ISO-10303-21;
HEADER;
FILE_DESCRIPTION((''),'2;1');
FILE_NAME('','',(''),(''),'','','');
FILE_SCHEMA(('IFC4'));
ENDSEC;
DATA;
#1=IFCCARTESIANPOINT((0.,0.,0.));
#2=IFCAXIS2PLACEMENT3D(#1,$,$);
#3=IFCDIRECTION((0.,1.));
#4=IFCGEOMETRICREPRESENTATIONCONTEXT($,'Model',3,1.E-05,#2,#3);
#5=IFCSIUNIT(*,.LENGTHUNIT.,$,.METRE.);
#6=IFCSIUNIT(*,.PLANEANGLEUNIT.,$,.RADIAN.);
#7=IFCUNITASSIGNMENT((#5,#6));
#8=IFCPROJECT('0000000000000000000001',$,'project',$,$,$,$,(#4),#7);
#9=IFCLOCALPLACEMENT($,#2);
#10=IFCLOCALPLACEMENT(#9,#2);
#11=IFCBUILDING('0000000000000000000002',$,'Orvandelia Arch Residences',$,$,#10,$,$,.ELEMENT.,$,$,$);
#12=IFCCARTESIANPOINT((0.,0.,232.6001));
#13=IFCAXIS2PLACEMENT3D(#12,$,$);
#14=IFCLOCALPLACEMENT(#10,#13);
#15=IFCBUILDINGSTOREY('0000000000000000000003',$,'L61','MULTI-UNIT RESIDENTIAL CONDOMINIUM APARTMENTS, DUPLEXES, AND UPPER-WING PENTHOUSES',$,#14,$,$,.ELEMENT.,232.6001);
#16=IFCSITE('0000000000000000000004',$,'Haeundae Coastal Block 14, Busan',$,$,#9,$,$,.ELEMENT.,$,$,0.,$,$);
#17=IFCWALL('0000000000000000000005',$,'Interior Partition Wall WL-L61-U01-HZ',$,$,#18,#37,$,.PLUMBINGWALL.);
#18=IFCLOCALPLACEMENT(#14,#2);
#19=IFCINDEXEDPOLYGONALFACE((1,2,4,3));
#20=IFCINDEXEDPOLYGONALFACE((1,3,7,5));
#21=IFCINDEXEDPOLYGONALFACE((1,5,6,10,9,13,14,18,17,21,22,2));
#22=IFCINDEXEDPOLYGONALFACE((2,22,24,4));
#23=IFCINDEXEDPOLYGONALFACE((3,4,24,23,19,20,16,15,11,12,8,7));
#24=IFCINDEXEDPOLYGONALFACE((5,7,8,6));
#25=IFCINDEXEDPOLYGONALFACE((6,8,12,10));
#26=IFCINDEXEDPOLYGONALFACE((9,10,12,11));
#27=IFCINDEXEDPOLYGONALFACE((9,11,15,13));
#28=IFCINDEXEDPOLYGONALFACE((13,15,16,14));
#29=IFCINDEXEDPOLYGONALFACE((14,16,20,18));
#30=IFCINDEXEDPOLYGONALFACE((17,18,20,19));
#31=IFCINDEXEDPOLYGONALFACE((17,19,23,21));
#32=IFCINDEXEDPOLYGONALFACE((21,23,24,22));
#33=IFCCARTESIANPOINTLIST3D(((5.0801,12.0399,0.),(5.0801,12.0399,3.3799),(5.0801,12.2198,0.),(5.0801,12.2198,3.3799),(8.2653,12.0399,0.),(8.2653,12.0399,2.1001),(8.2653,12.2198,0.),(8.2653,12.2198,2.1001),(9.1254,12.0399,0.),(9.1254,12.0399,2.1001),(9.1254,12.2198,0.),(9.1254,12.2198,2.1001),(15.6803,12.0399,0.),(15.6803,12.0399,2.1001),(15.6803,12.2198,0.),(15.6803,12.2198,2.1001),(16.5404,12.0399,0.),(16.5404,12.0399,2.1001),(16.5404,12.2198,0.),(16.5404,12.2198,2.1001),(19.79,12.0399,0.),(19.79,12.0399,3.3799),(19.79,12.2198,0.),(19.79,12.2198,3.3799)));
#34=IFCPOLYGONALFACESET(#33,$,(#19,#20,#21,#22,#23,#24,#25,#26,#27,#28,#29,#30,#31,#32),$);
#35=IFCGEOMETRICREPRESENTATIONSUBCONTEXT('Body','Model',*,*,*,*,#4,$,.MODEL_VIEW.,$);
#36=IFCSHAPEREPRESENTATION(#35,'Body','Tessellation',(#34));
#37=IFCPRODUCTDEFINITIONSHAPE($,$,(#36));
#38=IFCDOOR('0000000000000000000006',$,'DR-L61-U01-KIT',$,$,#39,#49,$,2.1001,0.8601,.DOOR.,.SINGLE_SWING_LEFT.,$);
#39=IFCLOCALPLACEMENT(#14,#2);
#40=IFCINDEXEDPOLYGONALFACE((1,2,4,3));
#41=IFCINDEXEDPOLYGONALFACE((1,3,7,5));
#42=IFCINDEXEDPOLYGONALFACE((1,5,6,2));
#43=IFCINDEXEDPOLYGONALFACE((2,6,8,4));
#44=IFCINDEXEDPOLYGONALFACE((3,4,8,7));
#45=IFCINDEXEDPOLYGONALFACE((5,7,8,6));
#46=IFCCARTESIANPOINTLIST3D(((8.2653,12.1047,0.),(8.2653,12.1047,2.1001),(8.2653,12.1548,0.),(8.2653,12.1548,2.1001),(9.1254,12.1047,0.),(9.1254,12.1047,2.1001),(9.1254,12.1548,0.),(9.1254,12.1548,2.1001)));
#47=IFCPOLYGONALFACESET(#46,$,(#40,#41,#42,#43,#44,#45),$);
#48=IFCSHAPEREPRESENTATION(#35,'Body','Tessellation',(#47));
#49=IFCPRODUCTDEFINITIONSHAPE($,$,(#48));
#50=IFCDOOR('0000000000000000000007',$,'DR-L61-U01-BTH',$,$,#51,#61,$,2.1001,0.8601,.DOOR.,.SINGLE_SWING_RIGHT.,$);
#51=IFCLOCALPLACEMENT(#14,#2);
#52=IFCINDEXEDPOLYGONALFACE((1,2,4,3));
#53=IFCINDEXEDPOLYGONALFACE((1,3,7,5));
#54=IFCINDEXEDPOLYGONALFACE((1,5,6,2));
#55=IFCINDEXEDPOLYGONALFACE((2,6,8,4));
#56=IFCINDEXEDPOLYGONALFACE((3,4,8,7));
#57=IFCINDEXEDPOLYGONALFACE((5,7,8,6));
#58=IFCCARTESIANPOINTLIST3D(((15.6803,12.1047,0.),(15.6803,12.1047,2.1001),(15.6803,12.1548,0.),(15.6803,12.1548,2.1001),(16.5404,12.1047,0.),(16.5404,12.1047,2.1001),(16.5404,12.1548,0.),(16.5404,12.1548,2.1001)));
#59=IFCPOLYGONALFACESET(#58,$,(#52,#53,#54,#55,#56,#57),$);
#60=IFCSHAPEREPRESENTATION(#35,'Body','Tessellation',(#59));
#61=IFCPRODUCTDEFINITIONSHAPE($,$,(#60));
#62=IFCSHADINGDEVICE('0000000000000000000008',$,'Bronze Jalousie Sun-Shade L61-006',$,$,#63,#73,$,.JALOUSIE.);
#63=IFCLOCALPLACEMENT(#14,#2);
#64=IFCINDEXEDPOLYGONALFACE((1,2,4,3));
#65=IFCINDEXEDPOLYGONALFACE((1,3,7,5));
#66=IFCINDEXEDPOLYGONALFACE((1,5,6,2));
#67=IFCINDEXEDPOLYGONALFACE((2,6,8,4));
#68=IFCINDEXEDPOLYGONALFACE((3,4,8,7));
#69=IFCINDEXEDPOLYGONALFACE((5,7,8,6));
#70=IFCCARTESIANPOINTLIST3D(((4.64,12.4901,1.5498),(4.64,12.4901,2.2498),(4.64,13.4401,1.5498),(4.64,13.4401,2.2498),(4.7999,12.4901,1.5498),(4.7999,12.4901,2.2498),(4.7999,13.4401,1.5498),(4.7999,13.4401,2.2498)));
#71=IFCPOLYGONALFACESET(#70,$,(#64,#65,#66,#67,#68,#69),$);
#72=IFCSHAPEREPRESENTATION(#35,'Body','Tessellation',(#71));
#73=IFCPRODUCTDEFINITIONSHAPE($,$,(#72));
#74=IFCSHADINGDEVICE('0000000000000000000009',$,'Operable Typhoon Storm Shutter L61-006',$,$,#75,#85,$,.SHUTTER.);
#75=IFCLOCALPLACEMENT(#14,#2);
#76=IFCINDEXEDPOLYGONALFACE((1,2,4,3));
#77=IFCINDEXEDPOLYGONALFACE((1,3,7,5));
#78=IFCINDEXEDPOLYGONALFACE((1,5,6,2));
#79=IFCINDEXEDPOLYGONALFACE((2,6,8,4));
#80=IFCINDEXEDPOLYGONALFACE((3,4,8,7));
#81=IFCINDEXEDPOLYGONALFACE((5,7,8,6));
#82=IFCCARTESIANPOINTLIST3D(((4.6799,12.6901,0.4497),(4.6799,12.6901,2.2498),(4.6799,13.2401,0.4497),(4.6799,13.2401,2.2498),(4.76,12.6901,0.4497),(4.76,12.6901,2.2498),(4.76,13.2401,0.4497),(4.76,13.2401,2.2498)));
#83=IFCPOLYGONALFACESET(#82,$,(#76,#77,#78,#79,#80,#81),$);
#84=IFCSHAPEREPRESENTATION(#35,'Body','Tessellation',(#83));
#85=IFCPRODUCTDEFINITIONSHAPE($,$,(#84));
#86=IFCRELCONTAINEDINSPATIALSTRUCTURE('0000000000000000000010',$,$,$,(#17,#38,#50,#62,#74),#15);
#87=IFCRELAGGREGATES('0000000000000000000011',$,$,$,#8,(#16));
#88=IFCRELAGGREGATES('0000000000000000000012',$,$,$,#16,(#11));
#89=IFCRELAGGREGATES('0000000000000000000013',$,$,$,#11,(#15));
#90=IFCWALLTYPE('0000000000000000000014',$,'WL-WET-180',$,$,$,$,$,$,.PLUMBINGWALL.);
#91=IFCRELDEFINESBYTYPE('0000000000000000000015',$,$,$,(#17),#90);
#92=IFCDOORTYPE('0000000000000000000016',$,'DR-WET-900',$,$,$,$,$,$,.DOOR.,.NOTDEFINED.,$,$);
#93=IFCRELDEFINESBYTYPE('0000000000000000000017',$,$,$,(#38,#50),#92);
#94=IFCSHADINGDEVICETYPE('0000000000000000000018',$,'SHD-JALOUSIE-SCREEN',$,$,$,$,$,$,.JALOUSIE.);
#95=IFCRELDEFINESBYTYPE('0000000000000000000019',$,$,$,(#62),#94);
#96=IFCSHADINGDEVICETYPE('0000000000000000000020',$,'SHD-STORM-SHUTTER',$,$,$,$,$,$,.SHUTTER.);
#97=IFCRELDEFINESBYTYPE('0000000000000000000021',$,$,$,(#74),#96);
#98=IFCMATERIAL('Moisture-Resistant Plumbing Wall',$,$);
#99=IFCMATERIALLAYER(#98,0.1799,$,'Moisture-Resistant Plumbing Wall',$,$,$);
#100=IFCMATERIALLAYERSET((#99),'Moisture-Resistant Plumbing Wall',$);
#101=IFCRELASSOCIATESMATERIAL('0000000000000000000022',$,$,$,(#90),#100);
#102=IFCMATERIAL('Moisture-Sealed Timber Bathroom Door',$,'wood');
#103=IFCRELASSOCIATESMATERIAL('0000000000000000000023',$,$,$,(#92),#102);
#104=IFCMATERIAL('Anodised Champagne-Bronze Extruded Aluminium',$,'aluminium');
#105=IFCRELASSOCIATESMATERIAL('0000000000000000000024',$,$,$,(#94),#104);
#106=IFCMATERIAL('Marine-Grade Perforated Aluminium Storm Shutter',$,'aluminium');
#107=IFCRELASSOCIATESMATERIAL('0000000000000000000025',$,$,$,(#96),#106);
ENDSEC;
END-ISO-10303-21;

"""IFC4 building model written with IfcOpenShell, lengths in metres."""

from ifc_helpers import new_model, si_unit, direction, frame, frame_2d, origin, origin_2d, place, context, subcontext, project, spatial, rectangle, extrude, material, layer, layer_set, type_object, element, fill, save


model = new_model("IFC4")

# Units and contexts
model_context = context("Model", 3, precision=1e-05, world=origin(), true_north=direction((0.0, 1.0)))
body_context = subcontext(model_context, "Body", "Model", "MODEL_VIEW")
ifc_project = project(units=[si_unit("LENGTHUNIT", "METRE"), si_unit("PLANEANGLEUNIT", "RADIAN")], contexts=[model_context])

# Site, building, storey
site_placement = place(None, origin())
site = spatial("IfcSite", under=ifc_project, at=site_placement, Name="Haeundae Coastal Block 14, Busan", CompositionType="ELEMENT", RefElevation=0.0)
building_placement = place(site_placement, origin())
building = spatial("IfcBuilding", under=site, at=building_placement, Name="Orvandelia Arch Residences", CompositionType="ELEMENT")
storey_placement = place(building_placement, frame((0.0, 0.0, 232.6001)))
storey = spatial("IfcBuildingStorey", under=building, at=storey_placement, Name="L61", Description="MULTI-UNIT RESIDENTIAL CONDOMINIUM APARTMENTS, DUPLEXES, AND UPPER-WING PENTHOUSES", CompositionType="ELEMENT", Elevation=232.6001)

# Wall, openings, doors
ifc_material_1 = material(Name="Moisture-Resistant Plumbing Wall")
ifc_layer_1 = layer(ifc_material_1, 0.1799, Name="Moisture-Resistant Plumbing Wall")
ifc_layer_set_1 = layer_set([ifc_layer_1], Name="Moisture-Resistant Plumbing Wall")
wall_type_1 = type_object("IfcWallType", Name="WL-WET-180", PredefinedType="PLUMBINGWALL", material=ifc_layer_set_1)
wall_1_placement = place(storey_placement, frame((5.0801, 12.1299, 0.0), z_axis=(0.0, 0.0, 1.0), x_axis=(1.0, 0.0, 0.0)))
wall_1 = element("IfcWall", 1, at=wall_1_placement, inside=storey, type_object=wall_type_1, Name="Interior Partition Wall WL-L61-U01-HZ", PredefinedType="PLUMBINGWALL", context=body_context, shape_type="SweptSolid", body=[
    extrude(rectangle(XDim=14.71, YDim=0.1799, at=frame_2d((7.355, 0.0))), origin(), (0.0, 0.0, 1.0), 3.3799),
])
opening_1_placement = place(wall_1_placement, frame((3.1851, 0.0, 0.0)))
opening_1 = element("IfcOpeningElement", 2, at=opening_1_placement, cuts=wall_1, PredefinedType="OPENING", context=body_context, shape_type="SweptSolid", body=[
    extrude(rectangle(XDim=0.8601, YDim=2.1001, at=frame_2d((0.4302, 1.05))), frame((0.0, 0.1001, 0.0), z_axis=(0.0, -1.0, 0.0), x_axis=(1.0, 0.0, 0.0)), (0.0, 0.0, 1.0), 0.2),
])
opening_2_placement = place(wall_1_placement, frame((10.6001, 0.0, 0.0)))
opening_2 = element("IfcOpeningElement", 3, at=opening_2_placement, cuts=wall_1, PredefinedType="OPENING", context=body_context, shape_type="SweptSolid", body=[
    extrude(rectangle(XDim=0.8601, YDim=2.1001, at=frame_2d((0.4302, 1.05))), frame((0.0, 0.1001, 0.0), z_axis=(0.0, -1.0, 0.0), x_axis=(1.0, 0.0, 0.0)), (0.0, 0.0, 1.0), 0.2),
])
ifc_material_2 = material(Name="Moisture-Sealed Timber Bathroom Door", Category="wood")
door_type_1 = type_object("IfcDoorType", Name="DR-WET-900", OperationType="NOTDEFINED", PredefinedType="DOOR", material=ifc_material_2)
door_1_placement = place(opening_1_placement, origin())
door_1 = element("IfcDoor", 4, at=door_1_placement, inside=storey, type_object=door_type_1, Name="DR-L61-U01-KIT", OperationType="SINGLE_SWING_LEFT", OverallHeight=2.1001, OverallWidth=0.8601, PredefinedType="DOOR", context=body_context, shape_type="SweptSolid", body=[
    extrude(rectangle(XDim=0.8601, YDim=2.1001, at=frame_2d((0.4302, 1.05))), frame((0.0, 0.0249, 0.0), z_axis=(0.0, -1.0, 0.0), x_axis=(1.0, 0.0, 0.0)), (0.0, 0.0, 1.0), 0.05),
])
fill(opening_1, door_1)
door_2_placement = place(opening_2_placement, origin())
door_2 = element("IfcDoor", 5, at=door_2_placement, inside=storey, type_object=door_type_1, Name="DR-L61-U01-BTH", OperationType="SINGLE_SWING_RIGHT", OverallHeight=2.1001, OverallWidth=0.8601, PredefinedType="DOOR", context=body_context, shape_type="SweptSolid", body=[
    extrude(rectangle(XDim=0.8601, YDim=2.1001, at=frame_2d((0.4302, 1.05))), frame((0.0, 0.0249, 0.0), z_axis=(0.0, -1.0, 0.0), x_axis=(1.0, 0.0, 0.0)), (0.0, 0.0, 1.0), 0.05),
])
fill(opening_2, door_2)

# Shading devices
ifc_material_3 = material(Name="Anodised Champagne-Bronze Extruded Aluminium", Category="aluminium")
shading_device_type_1 = type_object("IfcShadingDeviceType", Name="SHD-JALOUSIE-SCREEN", PredefinedType="JALOUSIE", material=ifc_material_3)
shading_device_1_placement = place(storey_placement, frame((4.72, 12.9651, 1.5498), z_axis=(0.0, 0.0, 1.0), x_axis=(0.0, 1.0, 0.0)))
element("IfcShadingDevice", 6, at=shading_device_1_placement, inside=storey, type_object=shading_device_type_1, Name="Bronze Jalousie Sun-Shade L61-006", PredefinedType="JALOUSIE", context=body_context, shape_type="SweptSolid", body=[
    extrude(rectangle(XDim=0.95, YDim=0.1599, at=origin_2d()), origin(), (0.0, 0.0, 1.0), 0.7),
])
ifc_material_4 = material(Name="Marine-Grade Perforated Aluminium Storm Shutter", Category="aluminium")
shading_device_type_2 = type_object("IfcShadingDeviceType", Name="SHD-STORM-SHUTTER", PredefinedType="SHUTTER", material=ifc_material_4)
shading_device_2_placement = place(storey_placement, frame((4.72, 12.9651, 0.4497), z_axis=(0.0, 0.0, 1.0), x_axis=(0.0, 1.0, 0.0)))
element("IfcShadingDevice", 7, at=shading_device_2_placement, inside=storey, type_object=shading_device_type_2, Name="Operable Typhoon Storm Shutter L61-006", PredefinedType="SHUTTER", context=body_context, shape_type="SweptSolid", body=[
    extrude(rectangle(XDim=0.55, YDim=0.0801, at=origin_2d()), origin(), (0.0, 0.0, 1.0), 1.8),
])

save(model, "model.ifc")
